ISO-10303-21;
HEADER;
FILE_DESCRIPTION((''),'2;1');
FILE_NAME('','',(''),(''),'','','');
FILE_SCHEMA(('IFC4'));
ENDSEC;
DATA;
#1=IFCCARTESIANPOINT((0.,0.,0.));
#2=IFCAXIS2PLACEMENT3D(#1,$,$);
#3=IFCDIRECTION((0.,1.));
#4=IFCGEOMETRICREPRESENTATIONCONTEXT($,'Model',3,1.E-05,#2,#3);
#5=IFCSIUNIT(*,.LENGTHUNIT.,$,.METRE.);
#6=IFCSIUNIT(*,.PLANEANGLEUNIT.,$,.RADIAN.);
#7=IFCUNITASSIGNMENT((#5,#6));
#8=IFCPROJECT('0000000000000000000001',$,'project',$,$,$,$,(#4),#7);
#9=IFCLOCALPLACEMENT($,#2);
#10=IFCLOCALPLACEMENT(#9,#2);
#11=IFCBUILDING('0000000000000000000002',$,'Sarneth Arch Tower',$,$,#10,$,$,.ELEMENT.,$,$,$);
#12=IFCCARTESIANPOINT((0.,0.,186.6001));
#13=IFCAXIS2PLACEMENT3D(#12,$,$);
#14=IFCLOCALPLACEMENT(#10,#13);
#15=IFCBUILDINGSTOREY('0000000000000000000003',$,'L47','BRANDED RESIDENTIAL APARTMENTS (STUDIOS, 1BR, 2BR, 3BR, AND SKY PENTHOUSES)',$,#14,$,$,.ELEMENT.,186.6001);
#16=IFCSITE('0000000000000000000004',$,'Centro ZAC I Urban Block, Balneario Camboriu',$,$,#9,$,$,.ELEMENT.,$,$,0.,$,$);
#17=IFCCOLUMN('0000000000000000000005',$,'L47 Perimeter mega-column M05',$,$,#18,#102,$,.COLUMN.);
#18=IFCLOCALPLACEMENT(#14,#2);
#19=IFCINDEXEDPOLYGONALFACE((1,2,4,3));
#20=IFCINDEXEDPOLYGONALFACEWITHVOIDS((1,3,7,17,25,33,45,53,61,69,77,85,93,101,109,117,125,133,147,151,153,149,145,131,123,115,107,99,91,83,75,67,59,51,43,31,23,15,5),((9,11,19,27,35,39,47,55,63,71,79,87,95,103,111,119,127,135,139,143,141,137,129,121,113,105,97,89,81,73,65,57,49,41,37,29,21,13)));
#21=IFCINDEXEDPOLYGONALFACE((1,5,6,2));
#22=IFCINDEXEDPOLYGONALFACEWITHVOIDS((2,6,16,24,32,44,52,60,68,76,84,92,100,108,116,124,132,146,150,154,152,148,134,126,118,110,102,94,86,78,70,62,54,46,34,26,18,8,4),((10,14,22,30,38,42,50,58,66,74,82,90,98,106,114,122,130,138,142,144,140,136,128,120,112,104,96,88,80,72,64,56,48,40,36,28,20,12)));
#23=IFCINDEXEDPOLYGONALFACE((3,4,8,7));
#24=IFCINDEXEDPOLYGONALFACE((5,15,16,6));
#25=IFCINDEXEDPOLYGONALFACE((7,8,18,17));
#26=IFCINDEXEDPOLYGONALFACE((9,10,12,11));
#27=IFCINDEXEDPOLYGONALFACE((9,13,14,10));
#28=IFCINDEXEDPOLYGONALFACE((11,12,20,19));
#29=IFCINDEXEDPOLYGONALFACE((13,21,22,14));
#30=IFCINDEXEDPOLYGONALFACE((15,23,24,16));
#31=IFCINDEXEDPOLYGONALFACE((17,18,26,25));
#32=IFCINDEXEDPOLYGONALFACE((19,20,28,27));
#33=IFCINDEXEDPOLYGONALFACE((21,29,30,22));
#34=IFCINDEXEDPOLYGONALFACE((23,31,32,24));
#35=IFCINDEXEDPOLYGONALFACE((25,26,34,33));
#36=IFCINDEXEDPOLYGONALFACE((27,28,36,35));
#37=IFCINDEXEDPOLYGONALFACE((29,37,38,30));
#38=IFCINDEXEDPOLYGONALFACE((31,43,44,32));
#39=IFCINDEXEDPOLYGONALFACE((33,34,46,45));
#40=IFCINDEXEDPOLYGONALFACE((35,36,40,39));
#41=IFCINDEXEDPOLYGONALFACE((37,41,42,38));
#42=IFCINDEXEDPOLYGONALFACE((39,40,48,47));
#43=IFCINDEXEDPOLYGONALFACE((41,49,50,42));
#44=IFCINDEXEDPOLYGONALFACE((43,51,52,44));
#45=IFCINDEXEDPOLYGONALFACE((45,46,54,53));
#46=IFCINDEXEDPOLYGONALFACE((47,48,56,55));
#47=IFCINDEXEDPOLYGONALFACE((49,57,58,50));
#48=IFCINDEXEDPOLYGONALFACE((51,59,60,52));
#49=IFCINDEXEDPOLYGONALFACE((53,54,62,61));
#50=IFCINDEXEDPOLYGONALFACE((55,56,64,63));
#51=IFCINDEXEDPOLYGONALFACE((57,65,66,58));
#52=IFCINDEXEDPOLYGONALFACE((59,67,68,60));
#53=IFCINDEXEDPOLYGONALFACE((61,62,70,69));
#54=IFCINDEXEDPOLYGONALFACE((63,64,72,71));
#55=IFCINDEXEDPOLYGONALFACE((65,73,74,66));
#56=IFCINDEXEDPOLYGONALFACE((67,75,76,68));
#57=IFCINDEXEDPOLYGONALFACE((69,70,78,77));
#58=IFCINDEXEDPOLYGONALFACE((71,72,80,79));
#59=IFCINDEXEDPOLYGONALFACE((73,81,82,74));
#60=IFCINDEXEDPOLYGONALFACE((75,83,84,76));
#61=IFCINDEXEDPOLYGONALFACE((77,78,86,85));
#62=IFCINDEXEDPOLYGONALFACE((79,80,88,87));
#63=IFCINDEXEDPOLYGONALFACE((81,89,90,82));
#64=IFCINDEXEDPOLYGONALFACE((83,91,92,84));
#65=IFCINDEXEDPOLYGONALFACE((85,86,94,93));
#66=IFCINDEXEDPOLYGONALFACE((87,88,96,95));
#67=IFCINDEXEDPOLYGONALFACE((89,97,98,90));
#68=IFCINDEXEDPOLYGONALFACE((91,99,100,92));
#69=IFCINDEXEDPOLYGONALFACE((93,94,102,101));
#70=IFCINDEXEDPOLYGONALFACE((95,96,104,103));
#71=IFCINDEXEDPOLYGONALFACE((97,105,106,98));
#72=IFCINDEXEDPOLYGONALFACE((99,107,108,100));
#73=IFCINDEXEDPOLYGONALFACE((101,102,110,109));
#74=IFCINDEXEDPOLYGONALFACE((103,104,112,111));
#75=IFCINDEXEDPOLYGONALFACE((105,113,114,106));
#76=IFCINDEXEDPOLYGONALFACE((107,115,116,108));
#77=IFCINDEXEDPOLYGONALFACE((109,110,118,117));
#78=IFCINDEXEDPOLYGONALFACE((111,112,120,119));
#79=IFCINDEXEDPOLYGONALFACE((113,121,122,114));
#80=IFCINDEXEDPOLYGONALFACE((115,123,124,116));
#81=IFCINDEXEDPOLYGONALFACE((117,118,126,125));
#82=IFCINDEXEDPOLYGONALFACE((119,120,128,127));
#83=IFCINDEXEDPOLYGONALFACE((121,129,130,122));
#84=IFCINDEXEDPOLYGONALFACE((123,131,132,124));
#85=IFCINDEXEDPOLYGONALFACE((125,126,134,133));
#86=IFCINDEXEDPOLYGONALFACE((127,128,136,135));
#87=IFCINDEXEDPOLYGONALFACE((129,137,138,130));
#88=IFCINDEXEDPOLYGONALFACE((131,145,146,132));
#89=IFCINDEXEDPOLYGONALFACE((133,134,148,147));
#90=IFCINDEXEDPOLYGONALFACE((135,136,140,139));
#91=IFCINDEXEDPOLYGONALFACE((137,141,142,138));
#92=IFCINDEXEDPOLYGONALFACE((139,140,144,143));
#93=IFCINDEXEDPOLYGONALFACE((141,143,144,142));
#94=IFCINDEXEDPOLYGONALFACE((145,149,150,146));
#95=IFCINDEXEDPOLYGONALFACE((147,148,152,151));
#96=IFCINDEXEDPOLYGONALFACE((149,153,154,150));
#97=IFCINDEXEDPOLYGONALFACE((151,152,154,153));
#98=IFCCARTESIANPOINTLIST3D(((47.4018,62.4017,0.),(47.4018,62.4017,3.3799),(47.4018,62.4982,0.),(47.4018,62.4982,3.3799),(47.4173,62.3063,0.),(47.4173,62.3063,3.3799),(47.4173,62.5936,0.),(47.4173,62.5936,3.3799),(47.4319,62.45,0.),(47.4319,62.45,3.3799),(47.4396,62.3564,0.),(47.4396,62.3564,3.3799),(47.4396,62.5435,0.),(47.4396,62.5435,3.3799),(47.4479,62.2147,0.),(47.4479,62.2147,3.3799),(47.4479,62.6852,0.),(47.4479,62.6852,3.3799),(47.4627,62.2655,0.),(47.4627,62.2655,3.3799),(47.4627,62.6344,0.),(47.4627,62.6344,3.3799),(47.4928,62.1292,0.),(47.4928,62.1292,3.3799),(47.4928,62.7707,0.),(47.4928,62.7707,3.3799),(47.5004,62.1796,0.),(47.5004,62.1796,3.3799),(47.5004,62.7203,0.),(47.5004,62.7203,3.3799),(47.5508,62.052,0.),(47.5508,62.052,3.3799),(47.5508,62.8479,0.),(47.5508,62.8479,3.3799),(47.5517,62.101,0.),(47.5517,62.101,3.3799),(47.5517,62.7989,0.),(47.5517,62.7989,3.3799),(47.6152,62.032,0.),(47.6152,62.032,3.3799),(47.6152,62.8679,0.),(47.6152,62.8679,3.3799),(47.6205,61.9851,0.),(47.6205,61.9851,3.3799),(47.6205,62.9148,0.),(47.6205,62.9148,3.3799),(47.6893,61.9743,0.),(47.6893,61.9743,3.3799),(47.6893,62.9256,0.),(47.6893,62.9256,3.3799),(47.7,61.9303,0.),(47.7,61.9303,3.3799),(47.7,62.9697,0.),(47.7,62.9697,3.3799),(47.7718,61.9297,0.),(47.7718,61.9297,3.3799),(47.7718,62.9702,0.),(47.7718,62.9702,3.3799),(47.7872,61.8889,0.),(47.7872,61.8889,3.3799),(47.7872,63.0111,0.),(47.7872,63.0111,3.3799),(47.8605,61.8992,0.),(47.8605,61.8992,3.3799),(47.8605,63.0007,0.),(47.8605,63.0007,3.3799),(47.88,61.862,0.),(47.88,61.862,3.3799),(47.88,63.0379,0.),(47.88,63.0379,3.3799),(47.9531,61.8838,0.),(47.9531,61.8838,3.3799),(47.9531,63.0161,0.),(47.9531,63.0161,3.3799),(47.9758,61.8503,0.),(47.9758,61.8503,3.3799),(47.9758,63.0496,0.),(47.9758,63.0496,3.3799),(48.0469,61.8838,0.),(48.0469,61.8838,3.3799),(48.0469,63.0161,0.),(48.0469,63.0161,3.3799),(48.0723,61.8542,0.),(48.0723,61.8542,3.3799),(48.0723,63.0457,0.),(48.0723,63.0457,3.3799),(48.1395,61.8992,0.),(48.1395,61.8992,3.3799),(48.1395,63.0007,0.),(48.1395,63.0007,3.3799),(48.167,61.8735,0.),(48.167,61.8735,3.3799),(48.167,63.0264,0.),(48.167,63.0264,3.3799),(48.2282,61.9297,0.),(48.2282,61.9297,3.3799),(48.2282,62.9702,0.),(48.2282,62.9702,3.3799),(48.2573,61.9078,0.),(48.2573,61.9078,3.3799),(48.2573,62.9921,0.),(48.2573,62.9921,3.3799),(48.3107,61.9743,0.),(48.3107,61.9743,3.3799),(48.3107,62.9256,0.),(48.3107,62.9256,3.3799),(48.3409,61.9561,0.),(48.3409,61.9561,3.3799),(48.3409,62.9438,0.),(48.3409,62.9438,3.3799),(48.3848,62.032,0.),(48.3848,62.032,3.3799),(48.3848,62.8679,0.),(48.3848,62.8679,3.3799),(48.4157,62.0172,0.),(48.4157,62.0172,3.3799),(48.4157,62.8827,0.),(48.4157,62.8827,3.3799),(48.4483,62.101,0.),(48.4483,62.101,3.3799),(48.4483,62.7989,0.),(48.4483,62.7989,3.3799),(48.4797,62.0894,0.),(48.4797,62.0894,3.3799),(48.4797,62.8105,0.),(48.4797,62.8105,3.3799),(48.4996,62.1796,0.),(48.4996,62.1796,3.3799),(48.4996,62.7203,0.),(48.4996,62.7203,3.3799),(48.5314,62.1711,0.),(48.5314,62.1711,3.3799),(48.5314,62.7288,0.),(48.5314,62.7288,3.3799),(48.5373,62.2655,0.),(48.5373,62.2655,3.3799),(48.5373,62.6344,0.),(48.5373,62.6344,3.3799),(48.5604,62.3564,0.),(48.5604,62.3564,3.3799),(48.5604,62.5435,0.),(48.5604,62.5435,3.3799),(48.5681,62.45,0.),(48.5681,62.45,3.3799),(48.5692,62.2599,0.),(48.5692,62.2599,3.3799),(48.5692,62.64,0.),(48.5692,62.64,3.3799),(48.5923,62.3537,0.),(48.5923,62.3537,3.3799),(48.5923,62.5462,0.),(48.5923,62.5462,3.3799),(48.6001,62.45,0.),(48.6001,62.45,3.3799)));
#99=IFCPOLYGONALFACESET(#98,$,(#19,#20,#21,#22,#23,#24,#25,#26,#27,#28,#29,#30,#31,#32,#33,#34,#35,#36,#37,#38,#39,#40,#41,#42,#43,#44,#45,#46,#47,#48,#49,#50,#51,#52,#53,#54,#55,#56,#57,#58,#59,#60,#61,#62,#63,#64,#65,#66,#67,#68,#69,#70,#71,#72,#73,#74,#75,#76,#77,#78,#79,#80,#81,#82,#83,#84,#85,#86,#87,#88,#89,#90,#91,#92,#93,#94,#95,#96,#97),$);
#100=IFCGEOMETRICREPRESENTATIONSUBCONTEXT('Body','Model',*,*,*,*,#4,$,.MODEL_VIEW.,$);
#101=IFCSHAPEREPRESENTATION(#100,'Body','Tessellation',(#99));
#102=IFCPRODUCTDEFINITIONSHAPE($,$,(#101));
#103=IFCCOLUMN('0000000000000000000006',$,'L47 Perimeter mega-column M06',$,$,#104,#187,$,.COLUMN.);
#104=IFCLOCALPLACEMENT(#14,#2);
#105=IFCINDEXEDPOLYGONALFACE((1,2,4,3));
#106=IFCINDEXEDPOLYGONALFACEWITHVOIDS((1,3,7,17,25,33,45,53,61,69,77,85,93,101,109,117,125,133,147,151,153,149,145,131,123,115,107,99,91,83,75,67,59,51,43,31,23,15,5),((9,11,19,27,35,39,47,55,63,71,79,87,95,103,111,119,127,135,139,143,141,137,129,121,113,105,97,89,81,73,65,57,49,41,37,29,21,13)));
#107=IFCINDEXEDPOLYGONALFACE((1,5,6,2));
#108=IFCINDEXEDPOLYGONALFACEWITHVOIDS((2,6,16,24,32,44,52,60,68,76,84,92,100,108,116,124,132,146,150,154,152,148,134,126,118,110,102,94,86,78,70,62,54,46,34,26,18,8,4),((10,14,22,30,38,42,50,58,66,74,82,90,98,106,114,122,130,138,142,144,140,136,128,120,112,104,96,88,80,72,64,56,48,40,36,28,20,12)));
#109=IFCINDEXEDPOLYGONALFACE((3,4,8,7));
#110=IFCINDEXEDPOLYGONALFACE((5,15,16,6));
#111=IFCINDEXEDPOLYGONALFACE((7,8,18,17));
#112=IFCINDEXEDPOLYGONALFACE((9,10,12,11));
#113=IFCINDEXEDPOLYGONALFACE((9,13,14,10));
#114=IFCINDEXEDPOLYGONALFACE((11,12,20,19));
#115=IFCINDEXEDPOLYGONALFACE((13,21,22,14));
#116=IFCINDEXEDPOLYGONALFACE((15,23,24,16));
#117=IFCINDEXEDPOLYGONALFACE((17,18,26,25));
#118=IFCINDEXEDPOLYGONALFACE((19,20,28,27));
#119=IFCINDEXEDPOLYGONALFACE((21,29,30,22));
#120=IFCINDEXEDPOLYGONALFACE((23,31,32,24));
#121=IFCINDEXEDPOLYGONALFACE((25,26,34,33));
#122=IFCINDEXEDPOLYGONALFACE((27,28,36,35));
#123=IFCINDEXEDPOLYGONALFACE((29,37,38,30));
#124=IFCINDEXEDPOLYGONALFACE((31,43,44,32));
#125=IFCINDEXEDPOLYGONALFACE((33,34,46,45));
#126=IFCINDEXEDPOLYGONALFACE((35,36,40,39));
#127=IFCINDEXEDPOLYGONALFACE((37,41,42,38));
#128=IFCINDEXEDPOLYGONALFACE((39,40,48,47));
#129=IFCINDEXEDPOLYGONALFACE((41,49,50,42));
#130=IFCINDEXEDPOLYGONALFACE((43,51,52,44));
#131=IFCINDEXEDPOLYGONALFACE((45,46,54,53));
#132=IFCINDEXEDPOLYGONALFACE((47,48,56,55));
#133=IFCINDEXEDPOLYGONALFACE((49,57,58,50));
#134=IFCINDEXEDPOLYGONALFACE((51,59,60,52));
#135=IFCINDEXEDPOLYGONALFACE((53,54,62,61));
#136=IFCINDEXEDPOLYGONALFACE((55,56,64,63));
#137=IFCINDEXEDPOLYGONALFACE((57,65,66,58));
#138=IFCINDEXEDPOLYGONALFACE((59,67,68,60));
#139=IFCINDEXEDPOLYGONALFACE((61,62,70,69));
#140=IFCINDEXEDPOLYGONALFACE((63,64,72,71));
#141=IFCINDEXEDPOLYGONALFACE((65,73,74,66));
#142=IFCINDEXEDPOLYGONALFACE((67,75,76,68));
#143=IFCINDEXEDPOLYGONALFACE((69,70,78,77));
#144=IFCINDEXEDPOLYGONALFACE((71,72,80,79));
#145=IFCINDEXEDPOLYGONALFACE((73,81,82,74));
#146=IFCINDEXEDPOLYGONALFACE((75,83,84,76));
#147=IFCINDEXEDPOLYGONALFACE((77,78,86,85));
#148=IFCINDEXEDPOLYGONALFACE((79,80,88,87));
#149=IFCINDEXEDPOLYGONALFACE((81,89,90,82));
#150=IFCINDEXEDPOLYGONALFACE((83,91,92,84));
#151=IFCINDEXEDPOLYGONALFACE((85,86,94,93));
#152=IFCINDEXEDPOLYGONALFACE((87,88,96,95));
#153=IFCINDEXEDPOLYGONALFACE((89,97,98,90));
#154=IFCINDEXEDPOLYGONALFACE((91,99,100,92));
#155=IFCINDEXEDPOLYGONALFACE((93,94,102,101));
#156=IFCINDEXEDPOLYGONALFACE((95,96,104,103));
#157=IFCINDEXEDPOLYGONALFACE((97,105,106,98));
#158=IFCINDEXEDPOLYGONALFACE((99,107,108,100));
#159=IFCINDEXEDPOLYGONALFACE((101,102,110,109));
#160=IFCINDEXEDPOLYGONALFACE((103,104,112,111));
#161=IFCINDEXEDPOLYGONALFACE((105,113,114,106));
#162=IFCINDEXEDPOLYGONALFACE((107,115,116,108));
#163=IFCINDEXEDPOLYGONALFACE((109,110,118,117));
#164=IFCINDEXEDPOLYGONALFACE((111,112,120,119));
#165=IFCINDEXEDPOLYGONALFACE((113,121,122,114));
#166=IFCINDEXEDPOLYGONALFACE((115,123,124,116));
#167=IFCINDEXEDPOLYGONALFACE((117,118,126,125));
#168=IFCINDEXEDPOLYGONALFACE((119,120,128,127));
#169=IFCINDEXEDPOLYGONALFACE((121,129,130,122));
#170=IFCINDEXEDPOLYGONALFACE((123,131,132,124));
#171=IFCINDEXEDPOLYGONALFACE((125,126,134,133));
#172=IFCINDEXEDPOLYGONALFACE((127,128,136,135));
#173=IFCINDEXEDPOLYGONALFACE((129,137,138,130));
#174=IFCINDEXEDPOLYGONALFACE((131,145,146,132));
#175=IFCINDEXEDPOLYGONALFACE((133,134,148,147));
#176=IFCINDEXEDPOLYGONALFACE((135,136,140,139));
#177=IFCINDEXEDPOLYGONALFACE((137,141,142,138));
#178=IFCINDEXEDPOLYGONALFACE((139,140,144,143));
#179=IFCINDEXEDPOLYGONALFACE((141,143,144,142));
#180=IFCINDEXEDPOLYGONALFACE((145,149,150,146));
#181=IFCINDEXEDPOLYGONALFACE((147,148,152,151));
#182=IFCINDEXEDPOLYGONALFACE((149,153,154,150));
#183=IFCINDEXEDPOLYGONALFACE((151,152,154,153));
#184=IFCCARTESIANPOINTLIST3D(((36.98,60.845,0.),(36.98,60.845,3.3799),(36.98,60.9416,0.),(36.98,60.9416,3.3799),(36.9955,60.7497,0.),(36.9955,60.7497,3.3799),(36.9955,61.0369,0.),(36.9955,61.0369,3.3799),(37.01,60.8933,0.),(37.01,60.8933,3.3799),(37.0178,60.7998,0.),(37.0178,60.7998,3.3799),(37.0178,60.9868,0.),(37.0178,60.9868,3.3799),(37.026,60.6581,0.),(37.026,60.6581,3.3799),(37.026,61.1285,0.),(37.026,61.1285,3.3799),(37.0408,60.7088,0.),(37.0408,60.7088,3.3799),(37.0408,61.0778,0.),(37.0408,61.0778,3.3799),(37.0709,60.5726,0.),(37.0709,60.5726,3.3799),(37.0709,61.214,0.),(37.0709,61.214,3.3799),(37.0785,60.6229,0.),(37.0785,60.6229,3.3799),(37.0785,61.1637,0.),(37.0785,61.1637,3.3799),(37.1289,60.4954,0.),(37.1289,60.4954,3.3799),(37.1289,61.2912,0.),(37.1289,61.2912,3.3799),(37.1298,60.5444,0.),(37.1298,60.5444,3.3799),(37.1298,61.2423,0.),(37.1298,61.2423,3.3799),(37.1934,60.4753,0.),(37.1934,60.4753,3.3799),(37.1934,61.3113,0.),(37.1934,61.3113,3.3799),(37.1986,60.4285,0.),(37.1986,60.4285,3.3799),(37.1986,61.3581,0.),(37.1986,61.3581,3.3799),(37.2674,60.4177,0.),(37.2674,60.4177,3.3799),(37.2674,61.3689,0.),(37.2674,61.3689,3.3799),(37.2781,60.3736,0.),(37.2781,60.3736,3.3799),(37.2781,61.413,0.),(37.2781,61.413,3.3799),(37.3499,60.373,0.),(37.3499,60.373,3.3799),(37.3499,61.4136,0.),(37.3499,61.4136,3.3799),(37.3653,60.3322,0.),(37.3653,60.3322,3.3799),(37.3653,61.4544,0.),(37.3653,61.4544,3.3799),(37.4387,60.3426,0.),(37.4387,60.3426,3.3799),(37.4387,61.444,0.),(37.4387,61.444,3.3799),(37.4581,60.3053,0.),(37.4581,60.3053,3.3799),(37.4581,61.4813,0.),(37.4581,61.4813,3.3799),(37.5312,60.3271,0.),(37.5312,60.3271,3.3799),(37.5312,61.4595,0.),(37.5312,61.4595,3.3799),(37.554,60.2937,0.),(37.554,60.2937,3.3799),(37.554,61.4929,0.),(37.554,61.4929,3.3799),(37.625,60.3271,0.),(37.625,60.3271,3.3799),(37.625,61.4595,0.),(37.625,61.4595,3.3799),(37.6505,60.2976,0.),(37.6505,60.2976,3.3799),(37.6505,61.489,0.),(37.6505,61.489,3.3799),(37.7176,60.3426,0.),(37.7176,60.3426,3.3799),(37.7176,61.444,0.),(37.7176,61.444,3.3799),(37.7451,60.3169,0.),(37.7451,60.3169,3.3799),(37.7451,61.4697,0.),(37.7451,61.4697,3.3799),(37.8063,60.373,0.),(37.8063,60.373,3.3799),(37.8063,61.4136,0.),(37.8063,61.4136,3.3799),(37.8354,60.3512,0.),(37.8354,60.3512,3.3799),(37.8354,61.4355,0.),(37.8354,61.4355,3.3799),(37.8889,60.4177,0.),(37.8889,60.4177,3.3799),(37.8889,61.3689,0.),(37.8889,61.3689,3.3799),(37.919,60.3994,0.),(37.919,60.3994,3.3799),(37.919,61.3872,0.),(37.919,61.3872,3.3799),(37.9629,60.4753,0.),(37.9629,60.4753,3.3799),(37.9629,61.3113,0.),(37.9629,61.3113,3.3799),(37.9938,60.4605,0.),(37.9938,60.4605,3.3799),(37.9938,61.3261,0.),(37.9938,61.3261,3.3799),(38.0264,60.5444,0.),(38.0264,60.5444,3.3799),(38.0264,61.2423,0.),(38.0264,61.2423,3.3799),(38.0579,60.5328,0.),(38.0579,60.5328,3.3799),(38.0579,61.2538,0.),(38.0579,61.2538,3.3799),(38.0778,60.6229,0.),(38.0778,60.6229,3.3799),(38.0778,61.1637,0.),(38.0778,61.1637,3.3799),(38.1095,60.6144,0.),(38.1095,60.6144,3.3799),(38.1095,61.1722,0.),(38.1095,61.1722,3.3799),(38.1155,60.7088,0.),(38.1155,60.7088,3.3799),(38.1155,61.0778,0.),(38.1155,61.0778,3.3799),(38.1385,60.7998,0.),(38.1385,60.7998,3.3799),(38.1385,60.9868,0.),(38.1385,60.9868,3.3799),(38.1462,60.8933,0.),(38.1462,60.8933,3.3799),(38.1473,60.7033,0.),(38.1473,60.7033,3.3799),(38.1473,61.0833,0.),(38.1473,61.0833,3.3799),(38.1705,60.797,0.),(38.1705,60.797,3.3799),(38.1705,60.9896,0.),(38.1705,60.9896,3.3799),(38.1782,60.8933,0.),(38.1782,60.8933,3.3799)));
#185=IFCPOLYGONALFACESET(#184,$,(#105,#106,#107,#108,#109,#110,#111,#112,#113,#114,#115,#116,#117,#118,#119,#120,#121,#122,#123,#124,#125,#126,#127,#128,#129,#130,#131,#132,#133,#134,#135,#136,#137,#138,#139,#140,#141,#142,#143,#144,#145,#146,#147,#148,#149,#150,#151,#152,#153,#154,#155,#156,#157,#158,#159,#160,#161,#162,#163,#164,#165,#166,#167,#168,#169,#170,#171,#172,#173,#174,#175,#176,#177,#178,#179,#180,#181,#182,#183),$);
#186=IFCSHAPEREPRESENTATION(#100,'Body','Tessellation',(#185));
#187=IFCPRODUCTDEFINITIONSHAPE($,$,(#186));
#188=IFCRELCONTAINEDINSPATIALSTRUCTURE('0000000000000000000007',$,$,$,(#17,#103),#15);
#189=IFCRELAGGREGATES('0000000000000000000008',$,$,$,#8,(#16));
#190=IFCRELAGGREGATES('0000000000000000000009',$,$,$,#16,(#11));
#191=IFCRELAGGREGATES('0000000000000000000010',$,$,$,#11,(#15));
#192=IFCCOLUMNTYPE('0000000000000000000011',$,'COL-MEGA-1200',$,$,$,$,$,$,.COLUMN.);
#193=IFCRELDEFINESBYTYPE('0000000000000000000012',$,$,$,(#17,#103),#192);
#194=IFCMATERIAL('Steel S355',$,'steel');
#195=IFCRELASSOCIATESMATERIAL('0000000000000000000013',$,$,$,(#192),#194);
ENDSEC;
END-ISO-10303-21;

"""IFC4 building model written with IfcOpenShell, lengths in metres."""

from ifc_helpers import new_model, si_unit, direction, frame, origin, origin_2d, place, context, subcontext, project, spatial, hollow_circle, extrude, material, material_profile, profile_set, type_object, element, save


model = new_model("IFC4")

# Units and contexts
model_context = context("Model", 3, precision=1e-05, world=origin(), true_north=direction((0.0, 1.0)))
body_context = subcontext(model_context, "Body", "Model", "MODEL_VIEW")
ifc_project = project(units=[si_unit("LENGTHUNIT", "METRE"), si_unit("PLANEANGLEUNIT", "RADIAN")], contexts=[model_context])

# Site, building, storey
site_placement = place(None, origin())
site = spatial("IfcSite", under=ifc_project, at=site_placement, Name="Centro ZAC I Urban Block, Balneario Camboriu", CompositionType="ELEMENT", RefElevation=0.0)
building_placement = place(site_placement, origin())
building = spatial("IfcBuilding", under=site, at=building_placement, Name="Sarneth Arch Tower", CompositionType="ELEMENT")
storey_placement = place(building_placement, frame((0.0, 0.0, 186.6001)))
storey = spatial("IfcBuildingStorey", under=building, at=storey_placement, Name="L47", Description="BRANDED RESIDENTIAL APARTMENTS (STUDIOS, 1BR, 2BR, 3BR, AND SKY PENTHOUSES)", CompositionType="ELEMENT", Elevation=186.6001)

# Columns
ifc_material_1 = material(Name="Steel S355", Category="steel")
ifc_material_profile_1 = material_profile(ifc_material_1, hollow_circle(Radius=0.6001, WallThickness=0.032, at=origin_2d()), Name="CHS1200x32")
ifc_profile_set_1 = profile_set([ifc_material_profile_1], Name="Steel S355")
column_type = type_object("IfcColumnType", Name="COL-MEGA-1200", PredefinedType="COLUMN", material=ifc_profile_set_1)
for number, where, z_axis, x_axis, name in (
    (1, (48.0, 62.45, 0.0), (0.0, 0.0, 1.0), (1.0, 0.0, 0.0), "L47 Perimeter mega-column M05"),
    (2, (37.5781, 60.8933, 0.0), (0.0, 0.0, 1.0), (1.0, 0.0, 0.0), "L47 Perimeter mega-column M06"),
):
    element("IfcColumn", number, at=place(storey_placement, frame(where, z_axis=z_axis, x_axis=x_axis)), inside=storey, type_object=column_type, Name=name, PredefinedType="COLUMN", context=body_context, shape_type="SweptSolid", body=[
        extrude(hollow_circle(Radius=0.6001, WallThickness=0.032, at=origin_2d()), origin(), (0.0, 0.0, 1.0), 3.3799),
    ])

save(model, "model.ifc")
